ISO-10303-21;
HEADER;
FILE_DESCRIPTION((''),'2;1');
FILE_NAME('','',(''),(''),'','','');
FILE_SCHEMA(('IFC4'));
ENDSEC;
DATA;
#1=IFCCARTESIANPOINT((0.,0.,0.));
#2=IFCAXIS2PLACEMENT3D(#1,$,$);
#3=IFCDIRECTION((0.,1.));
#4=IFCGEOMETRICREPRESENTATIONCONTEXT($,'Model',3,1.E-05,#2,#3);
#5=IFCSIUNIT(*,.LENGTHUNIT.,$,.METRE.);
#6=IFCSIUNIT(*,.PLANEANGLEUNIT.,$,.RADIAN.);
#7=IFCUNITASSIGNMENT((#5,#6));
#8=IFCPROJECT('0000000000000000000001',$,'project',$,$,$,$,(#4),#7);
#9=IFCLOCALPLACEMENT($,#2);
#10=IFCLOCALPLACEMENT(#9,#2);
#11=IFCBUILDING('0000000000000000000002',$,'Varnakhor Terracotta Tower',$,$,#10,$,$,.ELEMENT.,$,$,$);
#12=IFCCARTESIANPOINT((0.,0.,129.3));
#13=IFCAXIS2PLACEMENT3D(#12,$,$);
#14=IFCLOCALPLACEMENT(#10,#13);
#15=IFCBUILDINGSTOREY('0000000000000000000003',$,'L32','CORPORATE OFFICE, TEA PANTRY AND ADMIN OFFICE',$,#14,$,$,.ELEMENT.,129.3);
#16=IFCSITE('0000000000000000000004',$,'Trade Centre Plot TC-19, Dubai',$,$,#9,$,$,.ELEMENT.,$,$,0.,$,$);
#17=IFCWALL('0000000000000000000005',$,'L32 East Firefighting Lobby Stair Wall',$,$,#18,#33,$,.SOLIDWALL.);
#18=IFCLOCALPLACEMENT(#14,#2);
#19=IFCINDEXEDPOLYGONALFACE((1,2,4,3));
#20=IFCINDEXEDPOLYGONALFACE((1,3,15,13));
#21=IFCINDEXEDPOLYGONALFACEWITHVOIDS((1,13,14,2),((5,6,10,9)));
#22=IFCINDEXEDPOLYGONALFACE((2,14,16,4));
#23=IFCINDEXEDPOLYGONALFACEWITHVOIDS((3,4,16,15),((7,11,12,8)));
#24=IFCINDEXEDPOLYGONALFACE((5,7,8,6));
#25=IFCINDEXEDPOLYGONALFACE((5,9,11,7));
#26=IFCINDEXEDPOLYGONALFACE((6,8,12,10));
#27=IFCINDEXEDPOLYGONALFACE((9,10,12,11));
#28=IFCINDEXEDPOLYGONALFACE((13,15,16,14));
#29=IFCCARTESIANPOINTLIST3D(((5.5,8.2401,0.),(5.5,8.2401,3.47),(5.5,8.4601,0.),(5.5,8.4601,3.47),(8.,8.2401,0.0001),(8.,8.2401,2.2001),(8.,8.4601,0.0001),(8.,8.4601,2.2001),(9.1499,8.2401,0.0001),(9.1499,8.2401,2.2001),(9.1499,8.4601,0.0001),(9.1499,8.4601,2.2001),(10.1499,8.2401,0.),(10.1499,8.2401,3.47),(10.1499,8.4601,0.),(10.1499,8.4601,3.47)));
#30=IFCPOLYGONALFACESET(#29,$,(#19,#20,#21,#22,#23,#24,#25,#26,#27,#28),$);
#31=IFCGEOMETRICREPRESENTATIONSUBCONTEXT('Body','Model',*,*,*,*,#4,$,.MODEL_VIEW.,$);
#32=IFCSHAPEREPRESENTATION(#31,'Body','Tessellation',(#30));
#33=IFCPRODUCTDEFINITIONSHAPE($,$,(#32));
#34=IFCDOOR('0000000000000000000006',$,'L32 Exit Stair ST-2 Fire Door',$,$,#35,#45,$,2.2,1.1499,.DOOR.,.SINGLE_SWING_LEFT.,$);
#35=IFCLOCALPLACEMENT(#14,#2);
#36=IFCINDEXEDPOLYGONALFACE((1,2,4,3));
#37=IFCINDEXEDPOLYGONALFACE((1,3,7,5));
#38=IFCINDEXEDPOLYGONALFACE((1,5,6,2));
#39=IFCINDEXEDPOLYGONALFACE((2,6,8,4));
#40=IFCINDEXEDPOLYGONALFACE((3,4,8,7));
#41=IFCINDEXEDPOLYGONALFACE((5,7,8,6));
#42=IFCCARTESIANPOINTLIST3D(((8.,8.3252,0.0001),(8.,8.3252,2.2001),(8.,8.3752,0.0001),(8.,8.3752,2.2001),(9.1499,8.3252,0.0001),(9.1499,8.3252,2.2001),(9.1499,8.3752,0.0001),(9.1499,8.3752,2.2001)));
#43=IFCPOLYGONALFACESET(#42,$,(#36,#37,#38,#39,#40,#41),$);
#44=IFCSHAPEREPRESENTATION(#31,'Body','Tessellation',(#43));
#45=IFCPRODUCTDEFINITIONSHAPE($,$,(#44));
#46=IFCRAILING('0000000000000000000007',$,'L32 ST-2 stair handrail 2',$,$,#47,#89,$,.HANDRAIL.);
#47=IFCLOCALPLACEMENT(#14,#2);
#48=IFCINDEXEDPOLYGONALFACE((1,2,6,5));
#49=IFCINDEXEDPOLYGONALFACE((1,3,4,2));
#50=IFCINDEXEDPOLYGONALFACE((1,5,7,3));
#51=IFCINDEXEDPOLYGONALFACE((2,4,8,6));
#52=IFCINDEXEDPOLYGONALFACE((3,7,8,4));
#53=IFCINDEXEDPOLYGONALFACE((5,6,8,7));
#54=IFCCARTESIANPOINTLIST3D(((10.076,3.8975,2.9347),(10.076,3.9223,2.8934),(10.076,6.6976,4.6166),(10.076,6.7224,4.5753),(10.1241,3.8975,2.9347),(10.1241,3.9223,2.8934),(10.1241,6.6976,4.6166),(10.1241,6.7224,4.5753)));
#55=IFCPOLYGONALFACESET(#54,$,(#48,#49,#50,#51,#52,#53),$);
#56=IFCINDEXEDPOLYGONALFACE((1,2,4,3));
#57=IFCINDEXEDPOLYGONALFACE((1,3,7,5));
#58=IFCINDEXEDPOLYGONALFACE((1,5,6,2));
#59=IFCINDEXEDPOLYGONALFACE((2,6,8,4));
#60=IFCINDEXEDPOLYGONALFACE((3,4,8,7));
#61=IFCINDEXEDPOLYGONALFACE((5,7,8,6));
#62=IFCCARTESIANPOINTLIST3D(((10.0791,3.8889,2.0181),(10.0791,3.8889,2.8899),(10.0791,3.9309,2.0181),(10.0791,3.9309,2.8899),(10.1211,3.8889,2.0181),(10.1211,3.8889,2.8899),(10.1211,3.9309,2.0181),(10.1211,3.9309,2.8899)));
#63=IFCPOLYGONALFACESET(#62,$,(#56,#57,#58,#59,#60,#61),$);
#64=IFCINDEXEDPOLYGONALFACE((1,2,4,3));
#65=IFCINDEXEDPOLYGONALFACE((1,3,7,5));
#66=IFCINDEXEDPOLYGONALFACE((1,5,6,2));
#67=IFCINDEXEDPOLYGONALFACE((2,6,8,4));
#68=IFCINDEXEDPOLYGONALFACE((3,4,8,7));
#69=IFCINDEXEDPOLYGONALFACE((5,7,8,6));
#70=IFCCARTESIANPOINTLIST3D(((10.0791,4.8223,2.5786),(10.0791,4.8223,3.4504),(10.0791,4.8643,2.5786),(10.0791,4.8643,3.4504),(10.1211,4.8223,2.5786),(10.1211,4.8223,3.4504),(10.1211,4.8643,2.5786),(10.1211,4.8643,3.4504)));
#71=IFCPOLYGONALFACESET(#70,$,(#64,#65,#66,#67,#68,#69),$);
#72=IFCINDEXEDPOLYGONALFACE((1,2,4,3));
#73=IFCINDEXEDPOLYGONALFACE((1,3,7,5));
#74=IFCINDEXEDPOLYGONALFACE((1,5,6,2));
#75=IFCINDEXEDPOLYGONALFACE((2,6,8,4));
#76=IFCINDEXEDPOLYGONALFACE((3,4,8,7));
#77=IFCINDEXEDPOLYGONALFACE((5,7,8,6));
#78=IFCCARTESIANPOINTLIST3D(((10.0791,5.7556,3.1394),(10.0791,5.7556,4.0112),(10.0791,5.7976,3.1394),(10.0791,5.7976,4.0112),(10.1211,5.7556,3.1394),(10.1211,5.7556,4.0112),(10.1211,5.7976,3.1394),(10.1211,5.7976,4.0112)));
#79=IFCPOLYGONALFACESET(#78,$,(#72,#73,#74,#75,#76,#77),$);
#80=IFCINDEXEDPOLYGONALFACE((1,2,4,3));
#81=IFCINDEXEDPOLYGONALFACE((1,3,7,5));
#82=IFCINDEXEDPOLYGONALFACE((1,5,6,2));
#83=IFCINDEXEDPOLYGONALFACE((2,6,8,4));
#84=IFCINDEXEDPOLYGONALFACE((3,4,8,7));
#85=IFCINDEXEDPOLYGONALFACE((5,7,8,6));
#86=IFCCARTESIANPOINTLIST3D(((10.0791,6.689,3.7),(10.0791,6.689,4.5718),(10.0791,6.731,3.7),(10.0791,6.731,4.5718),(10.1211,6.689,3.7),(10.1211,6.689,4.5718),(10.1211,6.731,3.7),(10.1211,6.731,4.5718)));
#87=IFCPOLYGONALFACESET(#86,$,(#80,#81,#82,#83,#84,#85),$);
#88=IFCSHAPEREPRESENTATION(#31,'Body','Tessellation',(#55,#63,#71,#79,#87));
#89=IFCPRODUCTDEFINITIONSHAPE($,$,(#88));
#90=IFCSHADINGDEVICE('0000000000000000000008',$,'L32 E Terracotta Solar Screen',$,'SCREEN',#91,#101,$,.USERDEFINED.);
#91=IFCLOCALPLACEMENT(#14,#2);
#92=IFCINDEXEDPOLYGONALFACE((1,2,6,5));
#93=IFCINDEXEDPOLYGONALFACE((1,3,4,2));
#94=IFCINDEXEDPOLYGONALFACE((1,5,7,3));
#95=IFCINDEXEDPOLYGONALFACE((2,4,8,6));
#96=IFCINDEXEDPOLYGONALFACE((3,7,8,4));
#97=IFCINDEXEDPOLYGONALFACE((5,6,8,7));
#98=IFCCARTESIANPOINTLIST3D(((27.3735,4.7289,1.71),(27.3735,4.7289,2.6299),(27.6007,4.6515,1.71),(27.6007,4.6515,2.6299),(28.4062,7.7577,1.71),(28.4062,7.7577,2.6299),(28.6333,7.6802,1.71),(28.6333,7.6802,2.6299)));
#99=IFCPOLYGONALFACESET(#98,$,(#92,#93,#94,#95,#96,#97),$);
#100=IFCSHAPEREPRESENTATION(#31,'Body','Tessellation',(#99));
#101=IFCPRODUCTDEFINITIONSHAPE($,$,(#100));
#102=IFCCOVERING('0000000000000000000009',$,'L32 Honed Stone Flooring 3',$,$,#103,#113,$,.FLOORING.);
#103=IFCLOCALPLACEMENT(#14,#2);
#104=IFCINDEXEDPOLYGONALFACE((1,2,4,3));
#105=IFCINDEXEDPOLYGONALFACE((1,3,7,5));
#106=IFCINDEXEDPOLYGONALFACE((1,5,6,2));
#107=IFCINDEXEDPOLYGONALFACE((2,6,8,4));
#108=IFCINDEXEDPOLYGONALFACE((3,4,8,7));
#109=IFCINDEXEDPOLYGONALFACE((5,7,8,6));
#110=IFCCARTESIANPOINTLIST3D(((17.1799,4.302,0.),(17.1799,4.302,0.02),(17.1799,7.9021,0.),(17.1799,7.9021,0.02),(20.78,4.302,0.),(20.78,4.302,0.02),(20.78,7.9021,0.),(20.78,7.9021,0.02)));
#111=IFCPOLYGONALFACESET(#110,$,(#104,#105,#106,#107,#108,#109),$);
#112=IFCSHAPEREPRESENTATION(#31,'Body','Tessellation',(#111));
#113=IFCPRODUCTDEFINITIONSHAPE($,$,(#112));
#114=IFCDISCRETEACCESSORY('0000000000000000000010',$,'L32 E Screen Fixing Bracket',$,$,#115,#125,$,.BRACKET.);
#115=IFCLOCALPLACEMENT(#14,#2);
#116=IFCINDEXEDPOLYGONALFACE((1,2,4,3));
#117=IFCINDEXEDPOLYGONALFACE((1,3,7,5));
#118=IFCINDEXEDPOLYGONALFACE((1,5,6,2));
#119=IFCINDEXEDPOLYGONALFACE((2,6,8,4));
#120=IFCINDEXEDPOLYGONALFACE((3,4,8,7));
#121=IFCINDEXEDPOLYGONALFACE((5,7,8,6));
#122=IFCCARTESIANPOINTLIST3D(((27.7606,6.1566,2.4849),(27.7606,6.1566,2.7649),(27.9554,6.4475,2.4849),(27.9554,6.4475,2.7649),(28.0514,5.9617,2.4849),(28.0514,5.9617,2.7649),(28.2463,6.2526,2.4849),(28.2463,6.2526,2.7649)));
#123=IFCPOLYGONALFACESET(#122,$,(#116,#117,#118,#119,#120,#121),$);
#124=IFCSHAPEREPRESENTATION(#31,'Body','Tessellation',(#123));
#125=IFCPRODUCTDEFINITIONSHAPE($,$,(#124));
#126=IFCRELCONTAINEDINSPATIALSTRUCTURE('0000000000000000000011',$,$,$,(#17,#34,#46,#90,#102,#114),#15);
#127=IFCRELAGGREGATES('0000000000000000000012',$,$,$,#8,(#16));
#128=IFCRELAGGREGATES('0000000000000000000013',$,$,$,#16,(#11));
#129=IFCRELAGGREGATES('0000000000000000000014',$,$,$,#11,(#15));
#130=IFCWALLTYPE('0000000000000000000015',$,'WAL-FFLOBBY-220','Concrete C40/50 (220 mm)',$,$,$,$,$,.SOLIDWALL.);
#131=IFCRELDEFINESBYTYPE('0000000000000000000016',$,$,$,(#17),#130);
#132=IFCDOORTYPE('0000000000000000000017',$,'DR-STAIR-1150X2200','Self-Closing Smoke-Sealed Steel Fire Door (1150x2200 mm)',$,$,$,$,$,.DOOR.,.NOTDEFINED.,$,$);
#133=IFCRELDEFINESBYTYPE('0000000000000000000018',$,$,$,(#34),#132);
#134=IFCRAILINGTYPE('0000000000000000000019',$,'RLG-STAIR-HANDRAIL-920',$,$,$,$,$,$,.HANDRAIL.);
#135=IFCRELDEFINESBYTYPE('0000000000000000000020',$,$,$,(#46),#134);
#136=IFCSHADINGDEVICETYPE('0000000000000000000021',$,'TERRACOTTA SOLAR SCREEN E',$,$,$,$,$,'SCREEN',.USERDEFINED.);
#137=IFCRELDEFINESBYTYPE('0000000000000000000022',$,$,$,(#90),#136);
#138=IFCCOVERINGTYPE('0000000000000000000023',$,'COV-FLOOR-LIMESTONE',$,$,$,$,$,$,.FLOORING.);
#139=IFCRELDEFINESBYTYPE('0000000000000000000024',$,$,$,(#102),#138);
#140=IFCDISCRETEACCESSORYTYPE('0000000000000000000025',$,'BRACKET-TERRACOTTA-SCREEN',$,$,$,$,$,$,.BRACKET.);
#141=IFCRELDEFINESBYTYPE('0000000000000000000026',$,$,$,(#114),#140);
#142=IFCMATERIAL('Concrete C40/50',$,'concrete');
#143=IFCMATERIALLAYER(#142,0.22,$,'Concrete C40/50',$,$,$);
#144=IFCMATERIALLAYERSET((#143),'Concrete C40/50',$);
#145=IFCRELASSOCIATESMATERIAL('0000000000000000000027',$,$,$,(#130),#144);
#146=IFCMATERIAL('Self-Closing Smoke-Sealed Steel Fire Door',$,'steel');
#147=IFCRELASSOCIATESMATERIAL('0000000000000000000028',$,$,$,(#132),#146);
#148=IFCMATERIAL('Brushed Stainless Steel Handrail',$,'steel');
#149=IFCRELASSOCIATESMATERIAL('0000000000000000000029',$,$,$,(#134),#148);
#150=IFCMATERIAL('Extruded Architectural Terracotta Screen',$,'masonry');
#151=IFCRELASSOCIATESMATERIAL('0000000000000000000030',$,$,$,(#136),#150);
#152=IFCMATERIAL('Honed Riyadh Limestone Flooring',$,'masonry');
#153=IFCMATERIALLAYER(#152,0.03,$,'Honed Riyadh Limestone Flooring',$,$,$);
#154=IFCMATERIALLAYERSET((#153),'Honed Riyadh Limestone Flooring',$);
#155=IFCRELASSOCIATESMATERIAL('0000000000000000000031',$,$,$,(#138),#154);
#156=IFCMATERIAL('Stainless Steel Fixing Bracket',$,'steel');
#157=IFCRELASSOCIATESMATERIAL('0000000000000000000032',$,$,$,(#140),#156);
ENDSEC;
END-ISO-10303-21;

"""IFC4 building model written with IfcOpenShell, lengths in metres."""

from ifc_helpers import new_model, si_unit, direction, frame, frame_2d, origin, origin_2d, place, context, subcontext, project, spatial, rectangle, extrude, source, transform, mapped, material, layer, layer_set, type_object, type_shapes, element, fill, save


model = new_model("IFC4")

# Units and contexts
model_context = context("Model", 3, precision=1e-05, world=origin(), true_north=direction((0.0, 1.0)))
body_context = subcontext(model_context, "Body", "Model", "MODEL_VIEW")
ifc_project = project(units=[si_unit("LENGTHUNIT", "METRE"), si_unit("PLANEANGLEUNIT", "RADIAN")], contexts=[model_context])

# Site, building, storey
site_placement = place(None, origin())
site = spatial("IfcSite", under=ifc_project, at=site_placement, Name="Trade Centre Plot TC-19, Dubai", CompositionType="ELEMENT", RefElevation=0.0)
building_placement = place(site_placement, origin())
building = spatial("IfcBuilding", under=site, at=building_placement, Name="Varnakhor Terracotta Tower", CompositionType="ELEMENT")
storey_placement = place(building_placement, frame((0.0, 0.0, 129.3)))
storey = spatial("IfcBuildingStorey", under=building, at=storey_placement, Name="L32", Description="CORPORATE OFFICE, TEA PANTRY AND ADMIN OFFICE", CompositionType="ELEMENT", Elevation=129.3)

# Wall, opening, door
ifc_material_1 = material(Name="Concrete C40/50", Category="concrete")
ifc_layer_1 = layer(ifc_material_1, 0.22, Name="Concrete C40/50")
ifc_layer_set_1 = layer_set([ifc_layer_1], Name="Concrete C40/50")
wall_type_1 = type_object("IfcWallType", Name="WAL-FFLOBBY-220", Description="Concrete C40/50 (220 mm)", PredefinedType="SOLIDWALL", material=ifc_layer_set_1)
wall_1_placement = place(storey_placement, frame((10.1499, 8.3501, 0.0), z_axis=(0.0, 0.0, 1.0), x_axis=(-1.0, 0.0, 0.0)))
wall_1 = element("IfcWall", 1, at=wall_1_placement, inside=storey, type_object=wall_type_1, Name="L32 East Firefighting Lobby Stair Wall", PredefinedType="SOLIDWALL", context=body_context, shape_type="SweptSolid", body=[
    extrude(rectangle(XDim=4.6499, YDim=0.22, at=frame_2d((2.325, 0.0))), origin(), (0.0, 0.0, 1.0), 3.47),
])
opening_placement = place(wall_1_placement, frame((1.0, 0.0, 0.0)))
opening = element("IfcOpeningElement", 2, at=opening_placement, cuts=wall_1, PredefinedType="OPENING", context=body_context, shape_type="SweptSolid", body=[
    extrude(rectangle(XDim=1.1499, YDim=2.2, at=frame_2d((0.575, 1.1001))), frame((0.0, 0.1201, 0.0), z_axis=(0.0, -1.0, 0.0), x_axis=(1.0, 0.0, 0.0)), (0.0, 0.0, 1.0), 0.24),
])
ifc_material_2 = material(Name="Self-Closing Smoke-Sealed Steel Fire Door", Category="steel")
door_type = type_object("IfcDoorType", Name="DR-STAIR-1150X2200", Description="Self-Closing Smoke-Sealed Steel Fire Door (1150x2200 mm)", OperationType="NOTDEFINED", PredefinedType="DOOR", material=ifc_material_2)
shared_shape_1 = source(origin(), body_context, "Body", "SweptSolid", [
    extrude(rectangle(XDim=1.1499, YDim=2.2, at=frame_2d((0.575, 1.1001))), frame((0.0, 0.0249, 0.0), z_axis=(0.0, -1.0, 0.0), x_axis=(1.0, 0.0, 0.0)), (0.0, 0.0, 1.0), 0.05),
])
type_shapes(door_type, [shared_shape_1])
door_placement = place(opening_placement, origin())
door = element("IfcDoor", 3, at=door_placement, inside=storey, type_object=door_type, Name="L32 Exit Stair ST-2 Fire Door", OperationType="SINGLE_SWING_LEFT", OverallHeight=2.2, OverallWidth=1.1499, PredefinedType="DOOR", context=body_context, shape_type="MappedRepresentation", body=[
    mapped(shared_shape_1, transform((0.0, 0.0, 0.0), scale=1.0)),
])
fill(opening, door)

# Railing
ifc_material_3 = material(Name="Brushed Stainless Steel Handrail", Category="steel")
railing_type = type_object("IfcRailingType", Name="RLG-STAIR-HANDRAIL-920", PredefinedType="HANDRAIL", material=ifc_material_3)
railing_placement = place(storey_placement, frame((10.1001, 3.9099, 2.0181)))
element("IfcRailing", 4, at=railing_placement, inside=storey, type_object=railing_type, Name="L32 ST-2 stair handrail 2", PredefinedType="HANDRAIL", context=body_context, shape_type="SweptSolid", body=[
    extrude(rectangle(XDim=0.0481, YDim=0.0481, at=origin_2d()), frame((0.0, 0.0, 0.896), z_axis=(0.0, 0.857242, 0.514913), x_axis=(-1.0, 0.0, 0.0)), (0.0, 0.0, 1.0), 3.2664),
    extrude(rectangle(XDim=0.042, YDim=0.042, at=origin_2d()), origin(), (0.0, 0.0, 1.0), 0.8718),
    extrude(rectangle(XDim=0.042, YDim=0.042, at=origin_2d()), frame((0.0, 0.9333, 0.5605)), (0.0, 0.0, 1.0), 0.8718),
    extrude(rectangle(XDim=0.042, YDim=0.042, at=origin_2d()), frame((0.0, 1.8667, 1.1213)), (0.0, 0.0, 1.0), 0.8718),
    extrude(rectangle(XDim=0.042, YDim=0.042, at=origin_2d()), frame((0.0, 2.8, 1.6819)), (0.0, 0.0, 1.0), 0.8718),
])

# Shading device
ifc_material_4 = material(Name="Extruded Architectural Terracotta Screen", Category="masonry")
shading_device_type = type_object("IfcShadingDeviceType", Name="TERRACOTTA SOLAR SCREEN E", ElementType="SCREEN", PredefinedType="USERDEFINED", material=ifc_material_4)
shared_shape_2 = source(origin(), body_context, "Body", "SweptSolid", [
    extrude(rectangle(XDim=3.2, YDim=0.24, at=origin_2d()), origin(), (0.0, 0.0, 1.0), 0.9199),
])
type_shapes(shading_device_type, [shared_shape_2])
shading_device_placement = place(storey_placement, frame((28.0034, 6.2046, 1.71), z_axis=(0.0, 0.0, 1.0), x_axis=(0.322712, 0.946497, 0.0)))
element("IfcShadingDevice", 5, at=shading_device_placement, inside=storey, type_object=shading_device_type, Name="L32 E Terracotta Solar Screen", ObjectType="SCREEN", PredefinedType="USERDEFINED", context=body_context, shape_type="MappedRepresentation", body=[
    mapped(shared_shape_2, transform((0.0, 0.0, 0.0), scale=1.0)),
])

# Covering
ifc_material_5 = material(Name="Honed Riyadh Limestone Flooring", Category="masonry")
ifc_layer_2 = layer(ifc_material_5, 0.03, Name="Honed Riyadh Limestone Flooring")
ifc_layer_set_2 = layer_set([ifc_layer_2], Name="Honed Riyadh Limestone Flooring")
covering_type = type_object("IfcCoveringType", Name="COV-FLOOR-LIMESTONE", PredefinedType="FLOORING", material=ifc_layer_set_2)
shared_shape_3 = source(origin(), body_context, "Body", "SweptSolid", [
    extrude(rectangle(XDim=3.6001, YDim=3.6001, at=origin_2d()), origin(), (0.0, 0.0, 1.0), 0.02),
])
covering_placement = place(storey_placement, frame((18.98, 6.1021, 0.0), z_axis=(0.0, 0.0, 1.0), x_axis=(1.0, 0.0, 0.0)))
element("IfcCovering", 6, at=covering_placement, inside=storey, type_object=covering_type, Name="L32 Honed Stone Flooring 3", PredefinedType="FLOORING", context=body_context, shape_type="MappedRepresentation", body=[
    mapped(shared_shape_3, transform((0.0, 0.0, 0.0), scale=1.0)),
])

# Discrete accessory
ifc_material_6 = material(Name="Stainless Steel Fixing Bracket", Category="steel")
discrete_accessory_type = type_object("IfcDiscreteAccessoryType", Name="BRACKET-TERRACOTTA-SCREEN", PredefinedType="BRACKET", material=ifc_material_6)
shared_shape_4 = source(origin(), body_context, "Body", "SweptSolid", [
    extrude(rectangle(XDim=0.3501, YDim=0.3501, at=origin_2d()), origin(), (0.0, 0.0, 1.0), 0.28),
])
type_shapes(discrete_accessory_type, [shared_shape_4])
discrete_accessory_placement = place(storey_placement, frame((28.0034, 6.2046, 2.4849), z_axis=(0.0, 0.0, 1.0), x_axis=(0.556687, 0.830722, 0.0)))
element("IfcDiscreteAccessory", 7, at=discrete_accessory_placement, inside=storey, type_object=discrete_accessory_type, Name="L32 E Screen Fixing Bracket", PredefinedType="BRACKET", context=body_context, shape_type="MappedRepresentation", body=[
    mapped(shared_shape_4, transform((0.0, 0.0, 0.0), scale=1.0)),
])

save(model, "model.ifc")
